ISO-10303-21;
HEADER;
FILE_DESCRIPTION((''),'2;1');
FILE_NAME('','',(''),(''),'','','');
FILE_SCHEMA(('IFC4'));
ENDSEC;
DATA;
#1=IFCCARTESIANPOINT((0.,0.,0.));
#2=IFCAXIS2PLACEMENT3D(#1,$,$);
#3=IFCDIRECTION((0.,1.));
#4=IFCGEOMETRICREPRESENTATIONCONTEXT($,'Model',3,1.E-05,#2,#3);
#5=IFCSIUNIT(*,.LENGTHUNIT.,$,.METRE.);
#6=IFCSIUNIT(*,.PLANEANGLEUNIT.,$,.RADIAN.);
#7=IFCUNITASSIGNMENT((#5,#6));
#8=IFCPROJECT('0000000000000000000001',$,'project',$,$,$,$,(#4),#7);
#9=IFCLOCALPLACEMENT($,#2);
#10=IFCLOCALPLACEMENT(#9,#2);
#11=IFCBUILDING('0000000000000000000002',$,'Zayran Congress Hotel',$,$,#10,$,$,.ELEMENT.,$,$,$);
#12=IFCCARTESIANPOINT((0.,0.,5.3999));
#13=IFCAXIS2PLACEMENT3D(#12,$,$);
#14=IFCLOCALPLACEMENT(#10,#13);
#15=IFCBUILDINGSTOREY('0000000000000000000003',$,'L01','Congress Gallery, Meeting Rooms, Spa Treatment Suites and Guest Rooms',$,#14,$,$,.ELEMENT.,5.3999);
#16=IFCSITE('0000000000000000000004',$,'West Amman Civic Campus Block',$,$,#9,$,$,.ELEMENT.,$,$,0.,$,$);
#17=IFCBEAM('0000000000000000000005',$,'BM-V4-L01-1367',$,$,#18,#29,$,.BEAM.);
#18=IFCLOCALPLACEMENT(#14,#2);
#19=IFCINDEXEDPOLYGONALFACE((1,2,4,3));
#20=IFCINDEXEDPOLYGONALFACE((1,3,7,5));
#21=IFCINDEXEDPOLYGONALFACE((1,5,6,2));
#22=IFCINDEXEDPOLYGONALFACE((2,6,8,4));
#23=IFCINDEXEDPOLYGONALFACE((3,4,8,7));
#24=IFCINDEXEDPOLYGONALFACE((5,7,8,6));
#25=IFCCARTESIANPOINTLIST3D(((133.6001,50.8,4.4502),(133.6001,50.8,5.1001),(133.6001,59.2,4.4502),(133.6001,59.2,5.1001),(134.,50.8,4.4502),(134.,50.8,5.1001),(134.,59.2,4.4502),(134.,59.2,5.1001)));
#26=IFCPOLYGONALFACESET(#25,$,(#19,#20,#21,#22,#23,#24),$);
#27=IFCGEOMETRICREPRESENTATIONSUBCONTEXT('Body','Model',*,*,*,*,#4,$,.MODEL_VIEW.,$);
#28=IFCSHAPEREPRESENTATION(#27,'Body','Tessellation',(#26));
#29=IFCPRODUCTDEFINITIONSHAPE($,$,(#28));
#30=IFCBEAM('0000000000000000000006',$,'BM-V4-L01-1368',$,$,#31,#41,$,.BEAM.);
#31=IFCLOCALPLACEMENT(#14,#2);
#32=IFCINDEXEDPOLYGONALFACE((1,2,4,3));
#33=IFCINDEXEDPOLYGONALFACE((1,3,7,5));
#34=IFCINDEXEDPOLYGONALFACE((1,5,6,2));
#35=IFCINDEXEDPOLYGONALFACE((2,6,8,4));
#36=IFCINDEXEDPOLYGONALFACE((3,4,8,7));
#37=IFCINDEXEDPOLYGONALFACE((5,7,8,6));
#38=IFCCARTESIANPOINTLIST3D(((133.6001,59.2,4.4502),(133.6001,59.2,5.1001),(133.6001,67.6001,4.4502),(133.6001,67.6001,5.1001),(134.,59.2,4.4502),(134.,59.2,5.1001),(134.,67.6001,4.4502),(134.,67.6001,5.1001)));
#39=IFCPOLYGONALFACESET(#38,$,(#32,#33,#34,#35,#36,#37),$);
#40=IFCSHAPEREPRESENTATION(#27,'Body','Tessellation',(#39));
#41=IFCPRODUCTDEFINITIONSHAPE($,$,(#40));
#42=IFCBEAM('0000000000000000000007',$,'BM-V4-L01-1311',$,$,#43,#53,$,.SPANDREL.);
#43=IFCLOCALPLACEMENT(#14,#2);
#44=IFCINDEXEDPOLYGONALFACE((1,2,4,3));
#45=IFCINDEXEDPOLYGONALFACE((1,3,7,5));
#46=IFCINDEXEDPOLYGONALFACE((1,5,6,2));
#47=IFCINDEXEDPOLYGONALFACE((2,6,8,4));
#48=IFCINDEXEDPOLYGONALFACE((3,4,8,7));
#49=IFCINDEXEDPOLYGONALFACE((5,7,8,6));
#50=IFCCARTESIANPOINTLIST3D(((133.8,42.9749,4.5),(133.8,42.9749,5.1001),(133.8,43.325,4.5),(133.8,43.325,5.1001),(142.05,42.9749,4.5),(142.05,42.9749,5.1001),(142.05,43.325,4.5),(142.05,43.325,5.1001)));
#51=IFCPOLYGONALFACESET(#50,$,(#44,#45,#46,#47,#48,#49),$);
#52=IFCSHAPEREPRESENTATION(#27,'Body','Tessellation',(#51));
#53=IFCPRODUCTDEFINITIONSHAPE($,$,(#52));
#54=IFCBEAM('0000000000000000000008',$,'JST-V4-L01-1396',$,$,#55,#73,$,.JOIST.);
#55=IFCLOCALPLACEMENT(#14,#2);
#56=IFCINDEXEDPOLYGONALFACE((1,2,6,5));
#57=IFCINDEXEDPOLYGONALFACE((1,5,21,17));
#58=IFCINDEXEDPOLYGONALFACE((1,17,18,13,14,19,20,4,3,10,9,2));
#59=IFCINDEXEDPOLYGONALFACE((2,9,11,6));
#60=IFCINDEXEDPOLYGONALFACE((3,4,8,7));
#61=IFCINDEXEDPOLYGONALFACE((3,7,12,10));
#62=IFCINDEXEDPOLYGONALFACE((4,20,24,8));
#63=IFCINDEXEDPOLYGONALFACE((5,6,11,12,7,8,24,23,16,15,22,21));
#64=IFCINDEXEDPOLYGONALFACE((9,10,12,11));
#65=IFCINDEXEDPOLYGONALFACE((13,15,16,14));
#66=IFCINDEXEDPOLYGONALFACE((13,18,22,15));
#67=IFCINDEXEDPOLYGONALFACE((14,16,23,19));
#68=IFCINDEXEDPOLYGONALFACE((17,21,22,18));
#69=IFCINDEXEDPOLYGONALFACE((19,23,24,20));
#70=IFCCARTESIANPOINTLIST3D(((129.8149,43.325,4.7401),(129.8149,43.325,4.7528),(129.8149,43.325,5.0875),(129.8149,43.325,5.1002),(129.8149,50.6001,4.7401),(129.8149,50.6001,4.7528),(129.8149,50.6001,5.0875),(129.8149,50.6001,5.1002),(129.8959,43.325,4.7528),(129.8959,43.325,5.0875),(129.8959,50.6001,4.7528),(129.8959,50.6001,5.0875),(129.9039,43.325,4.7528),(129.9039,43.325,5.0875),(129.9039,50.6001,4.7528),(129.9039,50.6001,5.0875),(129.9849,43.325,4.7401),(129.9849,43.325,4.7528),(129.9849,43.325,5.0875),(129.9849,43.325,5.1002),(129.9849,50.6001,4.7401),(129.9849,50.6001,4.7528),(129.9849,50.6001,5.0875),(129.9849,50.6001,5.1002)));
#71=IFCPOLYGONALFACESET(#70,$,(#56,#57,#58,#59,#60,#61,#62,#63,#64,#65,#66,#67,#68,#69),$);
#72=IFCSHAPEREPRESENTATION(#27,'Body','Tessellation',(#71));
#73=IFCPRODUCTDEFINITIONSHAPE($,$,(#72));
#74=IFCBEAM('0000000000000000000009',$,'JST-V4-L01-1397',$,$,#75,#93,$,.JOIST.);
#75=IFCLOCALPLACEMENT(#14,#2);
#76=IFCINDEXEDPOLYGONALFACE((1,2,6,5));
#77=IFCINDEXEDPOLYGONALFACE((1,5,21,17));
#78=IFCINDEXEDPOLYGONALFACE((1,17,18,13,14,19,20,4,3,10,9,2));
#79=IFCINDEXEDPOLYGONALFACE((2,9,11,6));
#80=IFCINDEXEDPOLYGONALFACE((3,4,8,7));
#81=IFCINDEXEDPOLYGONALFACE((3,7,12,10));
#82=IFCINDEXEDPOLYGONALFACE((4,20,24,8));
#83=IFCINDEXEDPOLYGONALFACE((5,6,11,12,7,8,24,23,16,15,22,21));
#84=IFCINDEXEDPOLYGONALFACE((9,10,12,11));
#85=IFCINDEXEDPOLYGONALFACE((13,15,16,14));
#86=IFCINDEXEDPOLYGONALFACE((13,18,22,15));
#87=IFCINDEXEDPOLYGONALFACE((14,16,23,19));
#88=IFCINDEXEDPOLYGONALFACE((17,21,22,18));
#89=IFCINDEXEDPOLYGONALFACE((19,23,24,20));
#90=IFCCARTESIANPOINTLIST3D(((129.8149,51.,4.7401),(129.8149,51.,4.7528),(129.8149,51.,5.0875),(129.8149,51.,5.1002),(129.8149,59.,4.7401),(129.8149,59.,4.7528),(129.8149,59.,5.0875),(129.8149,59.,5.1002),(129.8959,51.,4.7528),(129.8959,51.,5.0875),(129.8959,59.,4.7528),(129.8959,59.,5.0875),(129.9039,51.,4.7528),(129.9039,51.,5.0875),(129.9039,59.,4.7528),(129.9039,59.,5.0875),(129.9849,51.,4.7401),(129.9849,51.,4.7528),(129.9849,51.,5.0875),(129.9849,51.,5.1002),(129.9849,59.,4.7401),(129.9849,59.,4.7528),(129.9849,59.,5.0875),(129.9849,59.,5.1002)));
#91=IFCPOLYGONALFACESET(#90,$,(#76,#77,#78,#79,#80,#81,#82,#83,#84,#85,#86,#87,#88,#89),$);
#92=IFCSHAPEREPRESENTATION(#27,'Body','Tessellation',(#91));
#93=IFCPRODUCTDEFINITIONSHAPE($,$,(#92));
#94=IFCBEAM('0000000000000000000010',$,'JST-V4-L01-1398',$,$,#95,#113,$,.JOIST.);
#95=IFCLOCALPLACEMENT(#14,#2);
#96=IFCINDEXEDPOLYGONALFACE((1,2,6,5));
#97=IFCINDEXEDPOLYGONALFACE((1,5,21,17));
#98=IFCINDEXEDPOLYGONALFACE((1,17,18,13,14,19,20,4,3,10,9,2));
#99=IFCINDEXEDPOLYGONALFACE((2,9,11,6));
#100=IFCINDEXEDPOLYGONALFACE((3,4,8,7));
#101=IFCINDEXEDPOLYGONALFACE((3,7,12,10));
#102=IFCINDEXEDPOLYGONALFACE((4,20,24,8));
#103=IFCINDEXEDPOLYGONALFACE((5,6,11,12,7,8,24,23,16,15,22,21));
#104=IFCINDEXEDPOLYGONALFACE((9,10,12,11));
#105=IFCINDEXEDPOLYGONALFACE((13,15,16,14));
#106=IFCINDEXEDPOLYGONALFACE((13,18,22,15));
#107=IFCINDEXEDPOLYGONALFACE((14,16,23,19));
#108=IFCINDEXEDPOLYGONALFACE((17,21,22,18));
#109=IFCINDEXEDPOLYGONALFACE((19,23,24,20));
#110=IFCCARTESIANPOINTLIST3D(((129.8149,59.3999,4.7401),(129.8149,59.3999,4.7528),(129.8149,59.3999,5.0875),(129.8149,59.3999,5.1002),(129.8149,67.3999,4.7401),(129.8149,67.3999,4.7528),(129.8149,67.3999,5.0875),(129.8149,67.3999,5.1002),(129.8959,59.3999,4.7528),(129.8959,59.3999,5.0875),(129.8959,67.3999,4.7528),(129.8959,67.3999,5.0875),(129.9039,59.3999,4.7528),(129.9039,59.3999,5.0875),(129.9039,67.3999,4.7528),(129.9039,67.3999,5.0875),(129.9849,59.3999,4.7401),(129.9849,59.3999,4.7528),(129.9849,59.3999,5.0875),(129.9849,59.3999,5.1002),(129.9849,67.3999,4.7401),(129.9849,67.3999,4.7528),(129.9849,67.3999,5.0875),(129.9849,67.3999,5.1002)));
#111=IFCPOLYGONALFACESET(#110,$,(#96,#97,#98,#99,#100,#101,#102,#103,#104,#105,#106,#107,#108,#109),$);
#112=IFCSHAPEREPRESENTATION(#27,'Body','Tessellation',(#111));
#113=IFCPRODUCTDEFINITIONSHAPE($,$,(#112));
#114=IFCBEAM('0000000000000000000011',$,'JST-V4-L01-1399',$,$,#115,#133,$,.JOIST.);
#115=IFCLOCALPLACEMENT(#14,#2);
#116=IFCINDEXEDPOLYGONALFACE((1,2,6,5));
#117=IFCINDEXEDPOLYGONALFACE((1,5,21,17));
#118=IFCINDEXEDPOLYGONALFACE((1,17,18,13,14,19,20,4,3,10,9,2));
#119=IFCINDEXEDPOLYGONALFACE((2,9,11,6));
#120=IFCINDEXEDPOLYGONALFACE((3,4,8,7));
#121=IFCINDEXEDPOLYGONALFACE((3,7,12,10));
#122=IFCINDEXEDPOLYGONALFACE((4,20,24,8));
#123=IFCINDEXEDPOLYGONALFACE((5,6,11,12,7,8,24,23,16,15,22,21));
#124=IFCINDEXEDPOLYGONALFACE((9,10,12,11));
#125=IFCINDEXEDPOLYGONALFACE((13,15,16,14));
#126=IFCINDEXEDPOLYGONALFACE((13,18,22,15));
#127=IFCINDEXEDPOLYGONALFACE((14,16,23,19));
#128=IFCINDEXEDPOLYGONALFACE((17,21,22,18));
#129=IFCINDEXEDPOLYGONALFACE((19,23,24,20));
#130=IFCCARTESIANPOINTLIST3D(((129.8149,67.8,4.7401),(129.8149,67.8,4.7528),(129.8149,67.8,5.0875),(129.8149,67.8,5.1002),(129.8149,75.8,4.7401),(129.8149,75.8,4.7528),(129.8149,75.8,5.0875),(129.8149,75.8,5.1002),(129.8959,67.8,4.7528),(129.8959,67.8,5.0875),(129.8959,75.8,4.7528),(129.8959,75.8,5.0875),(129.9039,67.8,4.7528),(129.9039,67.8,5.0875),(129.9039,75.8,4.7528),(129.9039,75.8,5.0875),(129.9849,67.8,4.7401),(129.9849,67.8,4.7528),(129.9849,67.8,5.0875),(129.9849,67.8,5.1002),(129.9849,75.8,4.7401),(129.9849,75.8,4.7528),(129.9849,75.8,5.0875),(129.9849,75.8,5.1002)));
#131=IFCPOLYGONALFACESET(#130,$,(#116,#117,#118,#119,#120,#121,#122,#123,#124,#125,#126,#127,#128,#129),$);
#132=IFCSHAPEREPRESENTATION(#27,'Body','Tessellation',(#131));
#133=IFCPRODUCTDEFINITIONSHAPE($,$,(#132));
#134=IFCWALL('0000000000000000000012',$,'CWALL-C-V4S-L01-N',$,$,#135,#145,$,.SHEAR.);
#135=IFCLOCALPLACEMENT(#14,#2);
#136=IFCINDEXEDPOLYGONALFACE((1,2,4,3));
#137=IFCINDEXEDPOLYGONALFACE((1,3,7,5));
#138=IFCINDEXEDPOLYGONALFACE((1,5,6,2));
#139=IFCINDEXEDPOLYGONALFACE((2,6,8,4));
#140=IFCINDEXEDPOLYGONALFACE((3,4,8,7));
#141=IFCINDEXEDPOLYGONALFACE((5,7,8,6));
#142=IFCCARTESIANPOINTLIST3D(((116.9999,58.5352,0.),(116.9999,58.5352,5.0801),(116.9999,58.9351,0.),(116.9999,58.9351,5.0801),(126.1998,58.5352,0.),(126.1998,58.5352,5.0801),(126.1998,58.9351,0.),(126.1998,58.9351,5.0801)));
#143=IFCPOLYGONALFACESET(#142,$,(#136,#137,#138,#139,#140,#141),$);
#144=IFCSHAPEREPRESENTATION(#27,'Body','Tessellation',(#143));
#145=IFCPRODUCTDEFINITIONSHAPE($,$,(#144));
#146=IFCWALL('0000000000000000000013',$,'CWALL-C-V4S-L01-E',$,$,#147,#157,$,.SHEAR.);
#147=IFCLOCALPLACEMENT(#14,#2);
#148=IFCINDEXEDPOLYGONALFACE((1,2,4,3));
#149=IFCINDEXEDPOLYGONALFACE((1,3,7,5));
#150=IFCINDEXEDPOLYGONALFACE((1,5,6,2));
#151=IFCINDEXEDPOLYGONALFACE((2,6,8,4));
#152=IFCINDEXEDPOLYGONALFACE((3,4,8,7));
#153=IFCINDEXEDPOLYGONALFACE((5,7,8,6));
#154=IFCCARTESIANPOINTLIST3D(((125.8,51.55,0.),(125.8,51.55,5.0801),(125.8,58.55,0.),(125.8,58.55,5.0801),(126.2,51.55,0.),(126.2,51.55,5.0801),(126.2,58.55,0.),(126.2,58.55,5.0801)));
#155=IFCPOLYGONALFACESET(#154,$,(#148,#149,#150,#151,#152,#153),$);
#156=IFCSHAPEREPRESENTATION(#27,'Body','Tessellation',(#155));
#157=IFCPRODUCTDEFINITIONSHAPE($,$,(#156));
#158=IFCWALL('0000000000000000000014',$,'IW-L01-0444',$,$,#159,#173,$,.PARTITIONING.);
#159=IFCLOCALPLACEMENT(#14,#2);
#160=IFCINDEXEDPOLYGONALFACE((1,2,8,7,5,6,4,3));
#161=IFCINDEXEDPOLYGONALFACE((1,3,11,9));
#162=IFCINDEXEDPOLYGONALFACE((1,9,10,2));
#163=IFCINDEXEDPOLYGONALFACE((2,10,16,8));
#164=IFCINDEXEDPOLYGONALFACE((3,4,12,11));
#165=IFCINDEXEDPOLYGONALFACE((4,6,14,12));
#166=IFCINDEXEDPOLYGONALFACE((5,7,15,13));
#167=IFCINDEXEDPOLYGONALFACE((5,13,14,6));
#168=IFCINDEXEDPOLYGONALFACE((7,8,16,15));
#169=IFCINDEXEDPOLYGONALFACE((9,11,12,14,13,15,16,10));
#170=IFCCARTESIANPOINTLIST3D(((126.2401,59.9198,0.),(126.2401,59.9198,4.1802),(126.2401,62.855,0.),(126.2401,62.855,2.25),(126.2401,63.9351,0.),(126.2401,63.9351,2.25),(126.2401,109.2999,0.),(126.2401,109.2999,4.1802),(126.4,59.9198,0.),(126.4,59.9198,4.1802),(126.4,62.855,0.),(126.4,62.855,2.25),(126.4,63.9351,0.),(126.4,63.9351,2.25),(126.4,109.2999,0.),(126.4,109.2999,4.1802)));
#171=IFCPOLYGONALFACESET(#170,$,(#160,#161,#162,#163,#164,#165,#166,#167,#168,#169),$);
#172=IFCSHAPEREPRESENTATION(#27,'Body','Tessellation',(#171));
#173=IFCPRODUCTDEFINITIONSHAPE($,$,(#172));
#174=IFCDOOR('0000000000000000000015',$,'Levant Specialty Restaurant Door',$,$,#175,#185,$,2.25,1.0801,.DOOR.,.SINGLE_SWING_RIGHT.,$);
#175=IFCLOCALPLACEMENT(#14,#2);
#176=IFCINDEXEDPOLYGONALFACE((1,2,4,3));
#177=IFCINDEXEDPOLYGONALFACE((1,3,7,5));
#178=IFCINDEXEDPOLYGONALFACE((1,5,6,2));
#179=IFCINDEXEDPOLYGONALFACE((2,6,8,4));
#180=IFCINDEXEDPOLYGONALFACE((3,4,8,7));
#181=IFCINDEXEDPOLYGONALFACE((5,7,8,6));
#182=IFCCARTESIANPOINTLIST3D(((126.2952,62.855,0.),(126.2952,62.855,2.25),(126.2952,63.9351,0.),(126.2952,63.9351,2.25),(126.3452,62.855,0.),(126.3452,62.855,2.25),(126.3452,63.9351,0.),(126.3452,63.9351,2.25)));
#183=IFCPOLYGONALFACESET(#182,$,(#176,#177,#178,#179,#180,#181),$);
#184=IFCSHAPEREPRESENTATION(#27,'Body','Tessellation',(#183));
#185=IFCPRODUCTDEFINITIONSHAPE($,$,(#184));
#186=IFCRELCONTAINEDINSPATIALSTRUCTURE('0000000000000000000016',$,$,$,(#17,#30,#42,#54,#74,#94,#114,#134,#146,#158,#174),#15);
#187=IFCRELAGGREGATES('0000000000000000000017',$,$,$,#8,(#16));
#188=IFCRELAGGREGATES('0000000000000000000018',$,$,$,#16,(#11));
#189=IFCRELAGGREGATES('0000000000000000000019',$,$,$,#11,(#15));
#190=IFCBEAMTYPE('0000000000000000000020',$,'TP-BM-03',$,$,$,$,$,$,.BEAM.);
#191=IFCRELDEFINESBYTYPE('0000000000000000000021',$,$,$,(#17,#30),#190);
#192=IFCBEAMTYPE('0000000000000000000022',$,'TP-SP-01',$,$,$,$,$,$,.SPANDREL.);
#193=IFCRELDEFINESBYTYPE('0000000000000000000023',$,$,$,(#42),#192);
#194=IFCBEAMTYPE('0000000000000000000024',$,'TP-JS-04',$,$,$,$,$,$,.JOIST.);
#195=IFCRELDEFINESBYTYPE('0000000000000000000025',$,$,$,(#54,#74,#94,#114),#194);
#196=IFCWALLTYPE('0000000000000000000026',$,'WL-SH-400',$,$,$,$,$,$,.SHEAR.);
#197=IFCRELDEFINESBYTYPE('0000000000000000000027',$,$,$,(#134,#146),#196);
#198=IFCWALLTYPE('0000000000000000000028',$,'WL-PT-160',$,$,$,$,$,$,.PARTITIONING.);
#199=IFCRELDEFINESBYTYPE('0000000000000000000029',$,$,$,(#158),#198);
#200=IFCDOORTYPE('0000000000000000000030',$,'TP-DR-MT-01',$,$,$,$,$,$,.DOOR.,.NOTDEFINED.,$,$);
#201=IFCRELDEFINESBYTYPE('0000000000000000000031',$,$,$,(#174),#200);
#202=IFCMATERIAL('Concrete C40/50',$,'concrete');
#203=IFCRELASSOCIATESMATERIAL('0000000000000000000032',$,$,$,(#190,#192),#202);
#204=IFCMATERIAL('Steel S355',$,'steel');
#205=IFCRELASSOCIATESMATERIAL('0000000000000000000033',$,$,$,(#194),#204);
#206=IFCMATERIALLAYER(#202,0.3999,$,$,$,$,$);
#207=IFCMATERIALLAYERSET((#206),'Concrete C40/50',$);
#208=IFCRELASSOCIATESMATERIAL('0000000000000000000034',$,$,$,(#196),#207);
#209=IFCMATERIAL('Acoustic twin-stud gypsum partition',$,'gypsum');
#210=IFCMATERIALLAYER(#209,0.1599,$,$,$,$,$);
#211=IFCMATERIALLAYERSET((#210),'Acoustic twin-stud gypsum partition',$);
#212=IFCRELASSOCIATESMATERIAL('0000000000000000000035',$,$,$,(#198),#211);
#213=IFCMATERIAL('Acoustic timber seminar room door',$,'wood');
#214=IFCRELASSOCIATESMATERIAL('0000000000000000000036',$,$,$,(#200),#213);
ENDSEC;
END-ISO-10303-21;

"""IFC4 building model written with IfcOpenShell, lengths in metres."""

from ifc_helpers import new_model, si_unit, direction, frame, frame_2d, origin, origin_2d, place, context, subcontext, project, spatial, rectangle, i_section, extrude, material, layer, layer_set, material_profile, profile_set, type_object, element, fill, save


model = new_model("IFC4")

# Units and contexts
model_context = context("Model", 3, precision=1e-05, world=origin(), true_north=direction((0.0, 1.0)))
body_context = subcontext(model_context, "Body", "Model", "MODEL_VIEW")
ifc_project = project(units=[si_unit("LENGTHUNIT", "METRE"), si_unit("PLANEANGLEUNIT", "RADIAN")], contexts=[model_context])

# Site, building, storey
site_placement = place(None, origin())
site = spatial("IfcSite", under=ifc_project, at=site_placement, Name="West Amman Civic Campus Block", CompositionType="ELEMENT", RefElevation=0.0)
building_placement = place(site_placement, origin())
building = spatial("IfcBuilding", under=site, at=building_placement, Name="Zayran Congress Hotel", CompositionType="ELEMENT")
storey_placement = place(building_placement, frame((0.0, 0.0, 5.3999)))
storey = spatial("IfcBuildingStorey", under=building, at=storey_placement, Name="L01", Description="Congress Gallery, Meeting Rooms, Spa Treatment Suites and Guest Rooms", CompositionType="ELEMENT", Elevation=5.3999)

# Shared definitions
ifc_material_1 = material(Name="Concrete C40/50", Category="concrete")

# Beams
ifc_material_profile_1 = material_profile(ifc_material_1, rectangle(XDim=0.3999, YDim=0.6499, at=origin_2d()), Name="RC 400x650")
ifc_profile_set_1 = profile_set([ifc_material_profile_1], Name="Concrete C40/50")
beam_type_1 = type_object("IfcBeamType", Name="TP-BM-03", PredefinedType="BEAM", material=ifc_profile_set_1)
beam_1_placement = place(storey_placement, frame((133.8, 50.8, 4.7751), z_axis=(0.0, 1.0, 0.0), x_axis=(-1.0, 0.0, 0.0)))
element("IfcBeam", 1, at=beam_1_placement, inside=storey, type_object=beam_type_1, Name="BM-V4-L01-1367", PredefinedType="BEAM", context=body_context, shape_type="SweptSolid", body=[
    extrude(rectangle(XDim=0.3999, YDim=0.6499, at=origin_2d()), origin(), (0.0, 0.0, 1.0), 8.3999),
])
beam_2_placement = place(storey_placement, frame((133.8, 59.2, 4.7751), z_axis=(0.0, 1.0, 0.0), x_axis=(-1.0, 0.0, 0.0)))
element("IfcBeam", 2, at=beam_2_placement, inside=storey, type_object=beam_type_1, Name="BM-V4-L01-1368", PredefinedType="BEAM", context=body_context, shape_type="SweptSolid", body=[
    extrude(rectangle(XDim=0.3999, YDim=0.6499, at=origin_2d()), origin(), (0.0, 0.0, 1.0), 8.4001),
])
ifc_material_profile_2 = material_profile(ifc_material_1, rectangle(XDim=0.3501, YDim=0.6001, at=origin_2d()), Name="RC 350x600")
ifc_profile_set_2 = profile_set([ifc_material_profile_2], Name="Concrete C40/50")
beam_type_2 = type_object("IfcBeamType", Name="TP-SP-01", PredefinedType="SPANDREL", material=ifc_profile_set_2)
beam_3_placement = place(storey_placement, frame((133.8, 43.1499, 4.8), z_axis=(1.0, 0.0, 0.0), x_axis=(0.0, 1.0, 0.0)))
element("IfcBeam", 3, at=beam_3_placement, inside=storey, type_object=beam_type_2, Name="BM-V4-L01-1311", PredefinedType="SPANDREL", context=body_context, shape_type="SweptSolid", body=[
    extrude(rectangle(XDim=0.3501, YDim=0.6001, at=origin_2d()), origin(), (0.0, 0.0, 1.0), 8.25),
])
ifc_material_2 = material(Name="Steel S355", Category="steel")
ifc_material_profile_3 = material_profile(ifc_material_2, i_section(OverallWidth=0.1699, OverallDepth=0.3601, WebThickness=0.0081, FlangeThickness=0.0127, at=origin_2d()), Name="IPE 360")
ifc_profile_set_3 = profile_set([ifc_material_profile_3], Name="Steel S355")
beam_type_3 = type_object("IfcBeamType", Name="TP-JS-04", PredefinedType="JOIST", material=ifc_profile_set_3)
beam_4_placement = place(storey_placement, frame((129.8999, 43.325, 4.9202), z_axis=(0.0, 1.0, 0.0), x_axis=(-1.0, 0.0, 0.0)))
element("IfcBeam", 4, at=beam_4_placement, inside=storey, type_object=beam_type_3, Name="JST-V4-L01-1396", PredefinedType="JOIST", context=body_context, shape_type="SweptSolid", body=[
    extrude(i_section(OverallWidth=0.1699, OverallDepth=0.3601, WebThickness=0.0081, FlangeThickness=0.0127, at=origin_2d()), origin(), (0.0, 0.0, 1.0), 7.2751),
])
for number, where, z_axis, x_axis, name in (
    (5, (129.8999, 51.0, 4.9202), (0.0, 1.0, 0.0), (-1.0, 0.0, 0.0), "JST-V4-L01-1397"),
    (6, (129.8999, 59.3999, 4.9202), (0.0, 1.0, 0.0), (-1.0, 0.0, 0.0), "JST-V4-L01-1398"),
    (7, (129.8999, 67.8, 4.9202), (0.0, 1.0, 0.0), (-1.0, 0.0, 0.0), "JST-V4-L01-1399"),
):
    element("IfcBeam", number, at=place(storey_placement, frame(where, z_axis=z_axis, x_axis=x_axis)), inside=storey, type_object=beam_type_3, Name=name, PredefinedType="JOIST", context=body_context, shape_type="SweptSolid", body=[
        extrude(i_section(OverallWidth=0.1699, OverallDepth=0.3601, WebThickness=0.0081, FlangeThickness=0.0127, at=origin_2d()), origin(), (0.0, 0.0, 1.0), 8.0),
    ])

# Walls
ifc_layer_1 = layer(ifc_material_1, 0.3999)
ifc_layer_set_1 = layer_set([ifc_layer_1], Name="Concrete C40/50")
wall_type_1 = type_object("IfcWallType", Name="WL-SH-400", PredefinedType="SHEAR", material=ifc_layer_set_1)
wall_1_placement = place(storey_placement, frame((126.2, 58.7351, 0.0), z_axis=(0.0, 0.0, 1.0), x_axis=(-1.0, 0.0, 0.0)))
element("IfcWall", 8, at=wall_1_placement, inside=storey, type_object=wall_type_1, Name="CWALL-C-V4S-L01-N", PredefinedType="SHEAR", context=body_context, shape_type="SweptSolid", body=[
    extrude(rectangle(XDim=9.2, YDim=0.3999, at=frame_2d((4.6001, 0.0))), origin(), (0.0, 0.0, 1.0), 5.0801),
])
wall_2_placement = place(storey_placement, frame((126.0, 51.55, 0.0), z_axis=(0.0, 0.0, 1.0), x_axis=(0.0, 1.0, 0.0)))
element("IfcWall", 9, at=wall_2_placement, inside=storey, type_object=wall_type_1, Name="CWALL-C-V4S-L01-E", PredefinedType="SHEAR", context=body_context, shape_type="SweptSolid", body=[
    extrude(rectangle(XDim=7.0, YDim=0.3999, at=frame_2d((3.5, 0.0))), origin(), (0.0, 0.0, 1.0), 5.0801),
])

# Wall, opening, door
ifc_material_3 = material(Name="Acoustic twin-stud gypsum partition", Category="gypsum")
ifc_layer_2 = layer(ifc_material_3, 0.1599)
ifc_layer_set_2 = layer_set([ifc_layer_2], Name="Acoustic twin-stud gypsum partition")
wall_type_2 = type_object("IfcWallType", Name="WL-PT-160", PredefinedType="PARTITIONING", material=ifc_layer_set_2)
wall_3_placement = place(storey_placement, frame((126.3201, 59.9199, 0.0), z_axis=(0.0, 0.0, 1.0), x_axis=(0.0, 1.0, 0.0)))
wall_3 = element("IfcWall", 10, at=wall_3_placement, inside=storey, type_object=wall_type_2, Name="IW-L01-0444", PredefinedType="PARTITIONING", context=body_context, shape_type="SweptSolid", body=[
    extrude(rectangle(XDim=49.3801, YDim=0.1599, at=frame_2d((24.6899, 0.0))), origin(), (0.0, 0.0, 1.0), 4.1802),
])
opening_placement = place(wall_3_placement, frame((2.9351, 0.0, 0.0)))
opening = element("IfcOpeningElement", 11, at=opening_placement, cuts=wall_3, PredefinedType="OPENING", context=body_context, shape_type="SweptSolid", body=[
    extrude(rectangle(XDim=1.0801, YDim=2.25, at=frame_2d((0.54, 1.125))), frame((0.0, 0.0898, 0.0), z_axis=(0.0, -1.0, 0.0), x_axis=(1.0, 0.0, 0.0)), (0.0, 0.0, 1.0), 0.1799),
])
ifc_material_4 = material(Name="Acoustic timber seminar room door", Category="wood")
door_type = type_object("IfcDoorType", Name="TP-DR-MT-01", OperationType="NOTDEFINED", PredefinedType="DOOR", material=ifc_material_4)
door_placement = place(opening_placement, origin())
door = element("IfcDoor", 12, at=door_placement, inside=storey, type_object=door_type, Name="Levant Specialty Restaurant Door", OperationType="SINGLE_SWING_RIGHT", OverallHeight=2.25, OverallWidth=1.0801, PredefinedType="DOOR", context=body_context, shape_type="SweptSolid", body=[
    extrude(rectangle(XDim=1.0801, YDim=2.25, at=frame_2d((0.54, 1.125))), frame((0.0, 0.0249, 0.0), z_axis=(0.0, -1.0, 0.0), x_axis=(1.0, 0.0, 0.0)), (0.0, 0.0, 1.0), 0.05),
])
fill(opening, door)

save(model, "model.ifc")
